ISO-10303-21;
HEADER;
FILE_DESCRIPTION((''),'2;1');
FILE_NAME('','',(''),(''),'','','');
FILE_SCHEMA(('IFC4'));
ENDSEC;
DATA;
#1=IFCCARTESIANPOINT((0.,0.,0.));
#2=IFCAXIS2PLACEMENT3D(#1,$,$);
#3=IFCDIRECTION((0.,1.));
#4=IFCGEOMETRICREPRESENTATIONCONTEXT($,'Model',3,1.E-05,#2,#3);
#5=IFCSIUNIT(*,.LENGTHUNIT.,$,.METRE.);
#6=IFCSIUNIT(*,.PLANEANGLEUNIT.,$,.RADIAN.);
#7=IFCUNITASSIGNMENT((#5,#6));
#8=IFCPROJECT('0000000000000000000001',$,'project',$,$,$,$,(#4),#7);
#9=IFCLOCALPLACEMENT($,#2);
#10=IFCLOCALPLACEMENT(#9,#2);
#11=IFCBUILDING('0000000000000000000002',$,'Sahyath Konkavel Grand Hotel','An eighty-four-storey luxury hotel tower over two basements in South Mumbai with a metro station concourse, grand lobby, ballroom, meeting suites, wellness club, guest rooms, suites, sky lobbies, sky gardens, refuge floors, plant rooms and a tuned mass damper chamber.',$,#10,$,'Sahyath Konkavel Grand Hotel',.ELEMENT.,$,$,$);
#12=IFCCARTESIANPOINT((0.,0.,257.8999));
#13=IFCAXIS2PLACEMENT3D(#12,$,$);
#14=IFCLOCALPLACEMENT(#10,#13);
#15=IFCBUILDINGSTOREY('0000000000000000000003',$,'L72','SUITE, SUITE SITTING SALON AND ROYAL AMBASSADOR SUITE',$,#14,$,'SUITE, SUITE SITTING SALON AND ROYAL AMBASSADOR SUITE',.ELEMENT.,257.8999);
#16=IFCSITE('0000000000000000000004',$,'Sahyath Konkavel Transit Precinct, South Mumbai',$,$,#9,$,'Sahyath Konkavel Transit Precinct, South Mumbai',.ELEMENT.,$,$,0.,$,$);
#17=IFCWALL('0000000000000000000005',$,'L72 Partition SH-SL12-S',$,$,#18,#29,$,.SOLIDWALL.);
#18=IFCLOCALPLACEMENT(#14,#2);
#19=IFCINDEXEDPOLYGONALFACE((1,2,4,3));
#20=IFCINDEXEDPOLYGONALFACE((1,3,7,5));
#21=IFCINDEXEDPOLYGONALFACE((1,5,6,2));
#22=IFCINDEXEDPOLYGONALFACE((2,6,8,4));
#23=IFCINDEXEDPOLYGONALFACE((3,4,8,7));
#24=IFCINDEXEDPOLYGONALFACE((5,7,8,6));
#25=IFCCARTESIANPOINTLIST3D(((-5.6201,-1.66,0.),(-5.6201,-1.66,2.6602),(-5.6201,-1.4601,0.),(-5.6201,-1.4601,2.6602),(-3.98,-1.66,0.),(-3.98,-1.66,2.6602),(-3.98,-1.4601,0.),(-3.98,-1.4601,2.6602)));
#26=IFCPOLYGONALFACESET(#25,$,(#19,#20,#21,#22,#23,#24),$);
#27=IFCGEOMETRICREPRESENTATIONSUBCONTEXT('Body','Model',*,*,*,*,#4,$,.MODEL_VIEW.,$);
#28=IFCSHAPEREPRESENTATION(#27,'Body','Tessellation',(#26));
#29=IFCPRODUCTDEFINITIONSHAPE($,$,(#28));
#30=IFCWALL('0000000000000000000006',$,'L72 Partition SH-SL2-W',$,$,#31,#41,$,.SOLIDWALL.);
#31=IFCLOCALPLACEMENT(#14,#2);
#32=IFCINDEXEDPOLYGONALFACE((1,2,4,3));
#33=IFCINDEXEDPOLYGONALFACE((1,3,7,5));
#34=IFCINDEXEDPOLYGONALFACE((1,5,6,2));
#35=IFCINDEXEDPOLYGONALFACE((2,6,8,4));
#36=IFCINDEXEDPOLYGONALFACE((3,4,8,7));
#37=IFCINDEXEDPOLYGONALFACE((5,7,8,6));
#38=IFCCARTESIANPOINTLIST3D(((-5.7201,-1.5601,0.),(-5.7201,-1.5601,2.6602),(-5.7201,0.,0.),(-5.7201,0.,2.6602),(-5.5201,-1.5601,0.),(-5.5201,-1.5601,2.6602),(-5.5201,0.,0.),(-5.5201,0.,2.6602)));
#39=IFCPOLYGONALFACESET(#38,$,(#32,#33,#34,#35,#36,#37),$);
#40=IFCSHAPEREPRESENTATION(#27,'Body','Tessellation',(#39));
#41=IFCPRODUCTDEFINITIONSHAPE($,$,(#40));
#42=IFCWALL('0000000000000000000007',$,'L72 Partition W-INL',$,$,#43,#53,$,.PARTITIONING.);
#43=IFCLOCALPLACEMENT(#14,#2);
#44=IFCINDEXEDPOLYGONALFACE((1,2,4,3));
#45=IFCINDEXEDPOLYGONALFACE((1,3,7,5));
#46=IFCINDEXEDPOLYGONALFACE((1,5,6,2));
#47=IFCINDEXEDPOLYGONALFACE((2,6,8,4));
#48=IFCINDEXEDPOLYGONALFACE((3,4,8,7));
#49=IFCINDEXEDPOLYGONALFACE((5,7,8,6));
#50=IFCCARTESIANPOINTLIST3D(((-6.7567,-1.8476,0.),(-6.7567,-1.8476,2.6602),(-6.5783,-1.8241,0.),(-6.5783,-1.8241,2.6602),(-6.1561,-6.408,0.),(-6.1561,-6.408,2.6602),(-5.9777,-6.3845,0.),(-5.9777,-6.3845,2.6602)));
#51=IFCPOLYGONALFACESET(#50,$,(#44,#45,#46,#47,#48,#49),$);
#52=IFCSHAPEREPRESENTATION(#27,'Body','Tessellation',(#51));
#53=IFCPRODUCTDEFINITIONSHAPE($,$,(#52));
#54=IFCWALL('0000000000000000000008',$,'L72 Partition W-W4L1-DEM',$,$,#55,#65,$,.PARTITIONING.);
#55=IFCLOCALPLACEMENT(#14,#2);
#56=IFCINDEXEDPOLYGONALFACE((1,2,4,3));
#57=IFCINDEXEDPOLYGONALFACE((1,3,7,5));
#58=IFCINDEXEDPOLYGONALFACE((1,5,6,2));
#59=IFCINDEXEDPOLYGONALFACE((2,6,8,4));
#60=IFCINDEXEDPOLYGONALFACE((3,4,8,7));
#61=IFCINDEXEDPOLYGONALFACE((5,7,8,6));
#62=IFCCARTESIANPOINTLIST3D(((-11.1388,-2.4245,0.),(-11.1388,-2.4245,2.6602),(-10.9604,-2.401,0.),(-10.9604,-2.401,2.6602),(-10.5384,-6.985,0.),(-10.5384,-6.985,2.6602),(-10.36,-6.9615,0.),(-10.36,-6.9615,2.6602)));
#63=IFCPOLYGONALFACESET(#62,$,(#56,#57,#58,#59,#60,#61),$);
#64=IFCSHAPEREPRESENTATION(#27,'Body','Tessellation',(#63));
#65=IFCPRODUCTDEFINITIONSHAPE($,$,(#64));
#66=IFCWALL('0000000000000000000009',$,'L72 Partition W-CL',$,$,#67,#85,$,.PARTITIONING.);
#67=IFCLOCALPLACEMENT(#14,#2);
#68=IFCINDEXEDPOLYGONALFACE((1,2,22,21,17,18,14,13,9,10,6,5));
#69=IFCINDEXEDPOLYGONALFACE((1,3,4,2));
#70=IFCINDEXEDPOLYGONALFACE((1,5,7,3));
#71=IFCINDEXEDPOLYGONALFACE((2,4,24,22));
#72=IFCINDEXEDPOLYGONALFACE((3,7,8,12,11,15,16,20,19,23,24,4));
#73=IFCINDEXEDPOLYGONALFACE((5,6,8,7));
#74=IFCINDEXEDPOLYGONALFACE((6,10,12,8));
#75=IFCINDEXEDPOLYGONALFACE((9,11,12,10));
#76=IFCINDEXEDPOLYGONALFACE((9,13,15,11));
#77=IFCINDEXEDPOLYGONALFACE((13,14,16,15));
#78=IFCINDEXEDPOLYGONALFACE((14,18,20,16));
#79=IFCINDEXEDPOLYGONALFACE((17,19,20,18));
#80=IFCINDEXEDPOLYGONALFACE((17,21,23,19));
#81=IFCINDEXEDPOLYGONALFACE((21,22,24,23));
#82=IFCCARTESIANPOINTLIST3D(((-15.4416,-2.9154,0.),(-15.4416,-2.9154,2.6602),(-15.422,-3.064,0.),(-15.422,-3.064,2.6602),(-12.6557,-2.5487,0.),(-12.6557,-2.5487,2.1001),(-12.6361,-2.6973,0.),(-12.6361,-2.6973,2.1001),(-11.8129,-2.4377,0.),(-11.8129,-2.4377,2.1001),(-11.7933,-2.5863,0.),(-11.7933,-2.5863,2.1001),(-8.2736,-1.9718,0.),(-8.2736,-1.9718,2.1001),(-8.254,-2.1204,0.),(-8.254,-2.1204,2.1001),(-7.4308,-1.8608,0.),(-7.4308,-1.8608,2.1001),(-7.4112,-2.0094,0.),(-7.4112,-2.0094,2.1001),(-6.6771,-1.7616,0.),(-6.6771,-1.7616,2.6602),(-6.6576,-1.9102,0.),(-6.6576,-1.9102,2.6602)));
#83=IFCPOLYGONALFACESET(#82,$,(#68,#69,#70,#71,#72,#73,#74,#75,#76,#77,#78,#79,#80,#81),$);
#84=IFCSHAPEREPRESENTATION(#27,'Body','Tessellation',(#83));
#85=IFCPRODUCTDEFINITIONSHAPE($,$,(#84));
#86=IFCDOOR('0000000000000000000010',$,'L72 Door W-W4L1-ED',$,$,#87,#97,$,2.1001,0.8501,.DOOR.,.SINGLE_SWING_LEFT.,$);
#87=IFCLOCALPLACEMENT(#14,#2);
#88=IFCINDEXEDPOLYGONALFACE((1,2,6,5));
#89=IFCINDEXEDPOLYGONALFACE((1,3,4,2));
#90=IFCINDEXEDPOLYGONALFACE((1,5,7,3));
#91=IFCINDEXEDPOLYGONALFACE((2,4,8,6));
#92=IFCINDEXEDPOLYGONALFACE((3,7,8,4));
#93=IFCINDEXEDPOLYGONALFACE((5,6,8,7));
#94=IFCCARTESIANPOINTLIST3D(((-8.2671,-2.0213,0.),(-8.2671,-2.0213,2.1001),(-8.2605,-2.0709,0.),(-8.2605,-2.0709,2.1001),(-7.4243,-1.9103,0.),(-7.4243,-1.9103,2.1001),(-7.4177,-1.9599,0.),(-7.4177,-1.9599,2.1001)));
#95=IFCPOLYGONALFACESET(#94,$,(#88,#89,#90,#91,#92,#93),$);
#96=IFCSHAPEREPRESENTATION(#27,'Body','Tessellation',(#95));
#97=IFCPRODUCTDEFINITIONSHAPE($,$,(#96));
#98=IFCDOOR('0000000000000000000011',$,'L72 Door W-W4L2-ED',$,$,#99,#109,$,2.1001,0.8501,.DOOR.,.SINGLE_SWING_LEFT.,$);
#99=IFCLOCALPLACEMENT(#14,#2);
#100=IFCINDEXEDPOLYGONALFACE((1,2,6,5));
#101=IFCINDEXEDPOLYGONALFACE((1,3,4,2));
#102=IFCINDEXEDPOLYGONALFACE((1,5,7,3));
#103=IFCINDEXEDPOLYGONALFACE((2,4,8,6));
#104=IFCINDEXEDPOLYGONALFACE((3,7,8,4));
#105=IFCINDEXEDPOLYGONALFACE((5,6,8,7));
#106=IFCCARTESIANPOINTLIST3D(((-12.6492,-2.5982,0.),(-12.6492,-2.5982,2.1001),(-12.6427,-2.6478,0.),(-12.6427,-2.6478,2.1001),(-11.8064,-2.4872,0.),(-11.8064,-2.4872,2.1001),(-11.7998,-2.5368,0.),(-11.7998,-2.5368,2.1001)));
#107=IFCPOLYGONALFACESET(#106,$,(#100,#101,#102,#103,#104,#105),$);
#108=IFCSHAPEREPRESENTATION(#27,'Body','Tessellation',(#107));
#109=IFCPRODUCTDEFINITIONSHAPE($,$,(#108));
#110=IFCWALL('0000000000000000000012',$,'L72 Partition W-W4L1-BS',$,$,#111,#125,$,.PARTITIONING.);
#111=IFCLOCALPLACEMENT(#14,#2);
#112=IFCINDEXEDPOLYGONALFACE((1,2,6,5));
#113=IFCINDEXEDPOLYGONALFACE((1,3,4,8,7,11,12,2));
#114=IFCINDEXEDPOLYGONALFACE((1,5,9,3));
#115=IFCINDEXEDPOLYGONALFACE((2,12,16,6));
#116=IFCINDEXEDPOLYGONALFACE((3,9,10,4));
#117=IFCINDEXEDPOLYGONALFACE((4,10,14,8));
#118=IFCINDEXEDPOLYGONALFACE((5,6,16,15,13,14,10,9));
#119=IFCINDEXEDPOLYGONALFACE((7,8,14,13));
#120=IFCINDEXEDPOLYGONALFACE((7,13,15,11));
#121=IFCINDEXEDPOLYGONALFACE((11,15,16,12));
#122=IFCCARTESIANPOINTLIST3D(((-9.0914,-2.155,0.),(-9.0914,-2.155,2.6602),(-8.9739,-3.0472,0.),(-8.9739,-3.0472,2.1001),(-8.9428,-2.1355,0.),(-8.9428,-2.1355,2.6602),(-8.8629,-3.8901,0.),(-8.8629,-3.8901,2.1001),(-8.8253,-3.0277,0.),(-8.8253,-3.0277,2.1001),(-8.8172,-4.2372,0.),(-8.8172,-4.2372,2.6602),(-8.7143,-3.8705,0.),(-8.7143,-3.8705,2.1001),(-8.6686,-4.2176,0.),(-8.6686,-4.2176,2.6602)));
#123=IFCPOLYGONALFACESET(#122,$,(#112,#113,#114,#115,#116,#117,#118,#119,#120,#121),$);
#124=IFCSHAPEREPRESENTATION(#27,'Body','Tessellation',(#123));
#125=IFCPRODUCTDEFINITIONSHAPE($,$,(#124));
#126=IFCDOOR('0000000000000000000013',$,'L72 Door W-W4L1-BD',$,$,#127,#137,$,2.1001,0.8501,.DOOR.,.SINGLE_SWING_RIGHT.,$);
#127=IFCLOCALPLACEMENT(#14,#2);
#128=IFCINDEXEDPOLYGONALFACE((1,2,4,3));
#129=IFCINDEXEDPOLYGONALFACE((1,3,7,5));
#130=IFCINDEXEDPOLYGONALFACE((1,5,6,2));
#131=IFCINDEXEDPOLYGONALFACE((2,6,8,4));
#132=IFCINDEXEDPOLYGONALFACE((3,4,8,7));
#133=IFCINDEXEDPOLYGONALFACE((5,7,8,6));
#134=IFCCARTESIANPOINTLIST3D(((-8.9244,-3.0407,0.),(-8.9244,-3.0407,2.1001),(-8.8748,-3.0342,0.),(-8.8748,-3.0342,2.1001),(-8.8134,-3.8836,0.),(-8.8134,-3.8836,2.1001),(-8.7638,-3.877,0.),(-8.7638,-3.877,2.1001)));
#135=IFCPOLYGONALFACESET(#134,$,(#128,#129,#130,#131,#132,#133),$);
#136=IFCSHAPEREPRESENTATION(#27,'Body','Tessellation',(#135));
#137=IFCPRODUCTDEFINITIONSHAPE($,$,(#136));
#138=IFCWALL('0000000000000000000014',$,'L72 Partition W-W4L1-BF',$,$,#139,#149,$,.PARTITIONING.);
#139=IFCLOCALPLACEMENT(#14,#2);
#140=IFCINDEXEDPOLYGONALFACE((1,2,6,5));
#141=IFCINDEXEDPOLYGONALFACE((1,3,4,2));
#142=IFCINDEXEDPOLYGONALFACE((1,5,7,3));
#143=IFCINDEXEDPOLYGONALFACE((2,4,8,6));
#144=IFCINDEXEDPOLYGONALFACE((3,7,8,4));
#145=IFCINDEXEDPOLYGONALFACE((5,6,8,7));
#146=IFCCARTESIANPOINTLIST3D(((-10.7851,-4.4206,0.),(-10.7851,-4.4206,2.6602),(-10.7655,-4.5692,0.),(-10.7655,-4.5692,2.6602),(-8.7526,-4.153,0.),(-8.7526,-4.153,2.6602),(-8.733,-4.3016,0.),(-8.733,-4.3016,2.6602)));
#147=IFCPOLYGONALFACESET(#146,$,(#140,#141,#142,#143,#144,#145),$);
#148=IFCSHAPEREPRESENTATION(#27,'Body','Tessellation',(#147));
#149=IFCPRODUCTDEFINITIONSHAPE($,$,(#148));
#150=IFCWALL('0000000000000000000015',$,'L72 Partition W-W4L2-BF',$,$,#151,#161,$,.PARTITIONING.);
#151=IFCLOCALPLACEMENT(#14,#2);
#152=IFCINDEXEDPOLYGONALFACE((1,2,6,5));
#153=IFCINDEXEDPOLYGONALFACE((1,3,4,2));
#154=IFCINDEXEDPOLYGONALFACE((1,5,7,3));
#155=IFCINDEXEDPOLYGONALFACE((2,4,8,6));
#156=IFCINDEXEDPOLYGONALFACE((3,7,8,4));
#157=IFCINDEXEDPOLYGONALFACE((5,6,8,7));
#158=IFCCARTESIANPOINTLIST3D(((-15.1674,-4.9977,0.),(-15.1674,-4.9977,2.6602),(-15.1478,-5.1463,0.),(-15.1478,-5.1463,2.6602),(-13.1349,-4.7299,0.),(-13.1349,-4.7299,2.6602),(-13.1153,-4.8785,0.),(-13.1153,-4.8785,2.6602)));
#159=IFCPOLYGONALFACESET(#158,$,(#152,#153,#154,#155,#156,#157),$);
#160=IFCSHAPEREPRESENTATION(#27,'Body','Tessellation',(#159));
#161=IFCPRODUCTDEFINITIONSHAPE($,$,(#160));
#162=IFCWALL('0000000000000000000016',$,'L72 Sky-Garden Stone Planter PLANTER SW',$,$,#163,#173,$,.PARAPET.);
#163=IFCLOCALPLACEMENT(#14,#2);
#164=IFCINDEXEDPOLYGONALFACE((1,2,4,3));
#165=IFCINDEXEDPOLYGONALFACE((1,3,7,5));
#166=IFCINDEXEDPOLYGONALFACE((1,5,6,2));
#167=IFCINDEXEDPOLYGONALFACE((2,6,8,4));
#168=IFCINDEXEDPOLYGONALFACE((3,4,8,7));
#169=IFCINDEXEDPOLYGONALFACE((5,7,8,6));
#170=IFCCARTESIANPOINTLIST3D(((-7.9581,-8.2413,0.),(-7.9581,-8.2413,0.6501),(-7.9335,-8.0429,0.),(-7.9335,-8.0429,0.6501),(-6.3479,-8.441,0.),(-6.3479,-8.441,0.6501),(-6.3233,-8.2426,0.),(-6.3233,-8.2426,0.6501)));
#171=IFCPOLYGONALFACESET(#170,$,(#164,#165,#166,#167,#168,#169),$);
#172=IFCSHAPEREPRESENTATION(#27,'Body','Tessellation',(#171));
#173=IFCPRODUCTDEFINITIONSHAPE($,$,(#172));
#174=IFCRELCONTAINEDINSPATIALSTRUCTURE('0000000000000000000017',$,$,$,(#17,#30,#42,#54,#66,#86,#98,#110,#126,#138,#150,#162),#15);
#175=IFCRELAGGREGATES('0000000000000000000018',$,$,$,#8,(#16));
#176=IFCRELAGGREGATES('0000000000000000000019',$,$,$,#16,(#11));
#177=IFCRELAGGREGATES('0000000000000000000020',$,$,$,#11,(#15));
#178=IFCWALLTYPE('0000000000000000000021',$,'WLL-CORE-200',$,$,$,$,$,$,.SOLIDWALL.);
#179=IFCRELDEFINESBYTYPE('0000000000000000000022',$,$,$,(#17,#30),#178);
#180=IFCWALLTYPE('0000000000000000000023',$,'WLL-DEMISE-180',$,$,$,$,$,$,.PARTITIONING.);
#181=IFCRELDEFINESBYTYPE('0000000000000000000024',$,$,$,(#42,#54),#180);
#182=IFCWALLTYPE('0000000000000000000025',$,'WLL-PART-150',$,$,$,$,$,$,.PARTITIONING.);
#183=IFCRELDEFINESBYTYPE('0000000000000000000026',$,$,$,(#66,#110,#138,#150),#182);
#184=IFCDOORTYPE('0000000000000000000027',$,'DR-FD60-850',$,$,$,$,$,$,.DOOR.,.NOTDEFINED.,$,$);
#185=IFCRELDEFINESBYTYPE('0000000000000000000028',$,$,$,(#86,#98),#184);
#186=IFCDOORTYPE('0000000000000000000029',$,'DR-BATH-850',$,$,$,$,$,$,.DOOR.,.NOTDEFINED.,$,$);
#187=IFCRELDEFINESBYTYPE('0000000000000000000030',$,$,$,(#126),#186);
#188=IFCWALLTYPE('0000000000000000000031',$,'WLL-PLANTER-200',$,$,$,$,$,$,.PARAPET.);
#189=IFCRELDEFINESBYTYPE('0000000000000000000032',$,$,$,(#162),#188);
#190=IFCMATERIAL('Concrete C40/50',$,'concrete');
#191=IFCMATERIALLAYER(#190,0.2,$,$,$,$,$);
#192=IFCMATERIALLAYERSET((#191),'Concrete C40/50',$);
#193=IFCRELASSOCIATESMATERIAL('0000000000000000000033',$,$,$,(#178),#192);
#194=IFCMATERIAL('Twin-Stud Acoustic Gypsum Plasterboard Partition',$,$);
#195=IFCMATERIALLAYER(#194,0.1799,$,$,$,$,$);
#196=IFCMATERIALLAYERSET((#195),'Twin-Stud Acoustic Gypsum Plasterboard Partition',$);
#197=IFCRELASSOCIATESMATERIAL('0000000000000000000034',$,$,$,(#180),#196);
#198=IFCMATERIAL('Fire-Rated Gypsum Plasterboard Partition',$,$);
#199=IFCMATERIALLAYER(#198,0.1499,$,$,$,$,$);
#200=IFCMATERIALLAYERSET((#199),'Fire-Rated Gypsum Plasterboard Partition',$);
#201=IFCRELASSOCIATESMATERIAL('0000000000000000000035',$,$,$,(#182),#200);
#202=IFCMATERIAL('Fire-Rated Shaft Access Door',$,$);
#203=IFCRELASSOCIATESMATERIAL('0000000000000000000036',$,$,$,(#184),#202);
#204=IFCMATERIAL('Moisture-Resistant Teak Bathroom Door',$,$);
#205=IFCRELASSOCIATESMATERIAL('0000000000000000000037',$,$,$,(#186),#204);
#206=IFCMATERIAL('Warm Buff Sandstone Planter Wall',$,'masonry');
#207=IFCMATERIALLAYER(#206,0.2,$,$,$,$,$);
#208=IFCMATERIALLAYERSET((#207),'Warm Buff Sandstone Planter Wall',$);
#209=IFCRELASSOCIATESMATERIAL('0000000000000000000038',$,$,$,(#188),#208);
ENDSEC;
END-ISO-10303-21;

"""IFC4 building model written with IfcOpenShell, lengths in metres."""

from ifc_helpers import new_model, si_unit, direction, frame, frame_2d, origin, origin_2d, place, context, subcontext, project, spatial, rectangle, extrude, source, transform, mapped, material, layer, layer_set, type_object, element, fill, save


model = new_model("IFC4")

# Units and contexts
model_context = context("Model", 3, precision=1e-05, world=origin(), true_north=direction((0.0, 1.0)))
body_context = subcontext(model_context, "Body", "Model", "MODEL_VIEW")
ifc_project = project(units=[si_unit("LENGTHUNIT", "METRE"), si_unit("PLANEANGLEUNIT", "RADIAN")], contexts=[model_context])

# Site, building, storey
site_placement = place(None, origin())
site = spatial("IfcSite", under=ifc_project, at=site_placement, Name="Sahyath Konkavel Transit Precinct, South Mumbai", LongName="Sahyath Konkavel Transit Precinct, South Mumbai", CompositionType="ELEMENT", RefElevation=0.0)
building_placement = place(site_placement, origin())
building = spatial("IfcBuilding", under=site, at=building_placement, Name="Sahyath Konkavel Grand Hotel", Description="An eighty-four-storey luxury hotel tower over two basements in South Mumbai with a metro station concourse, grand lobby, ballroom, meeting suites, wellness club, guest rooms, suites, sky lobbies, sky gardens, refuge floors, plant rooms and a tuned mass damper chamber.", LongName="Sahyath Konkavel Grand Hotel", CompositionType="ELEMENT")
storey_placement = place(building_placement, frame((0.0, 0.0, 257.8999)))
storey = spatial("IfcBuildingStorey", under=building, at=storey_placement, Name="L72", Description="SUITE, SUITE SITTING SALON AND ROYAL AMBASSADOR SUITE", LongName="SUITE, SUITE SITTING SALON AND ROYAL AMBASSADOR SUITE", CompositionType="ELEMENT", Elevation=257.8999)

# Shared definitions
ifc_material_1 = material(Name="Concrete C40/50", Category="concrete")

# Walls
ifc_layer_1 = layer(ifc_material_1, 0.2)
ifc_layer_set_1 = layer_set([ifc_layer_1], Name="Concrete C40/50")
wall_type_1 = type_object("IfcWallType", Name="WLL-CORE-200", PredefinedType="SOLIDWALL", material=ifc_layer_set_1)
wall_1_placement = place(storey_placement, frame((-5.6201, -1.5601, 0.0), z_axis=(0.0, 0.0, 1.0), x_axis=(1.0, 0.0, 0.0)))
element("IfcWall", 1, at=wall_1_placement, inside=storey, type_object=wall_type_1, Name="L72 Partition SH-SL12-S", PredefinedType="SOLIDWALL", context=body_context, shape_type="SweptSolid", body=[
    extrude(rectangle(XDim=1.6401, YDim=0.2, at=frame_2d((0.8201, 0.0))), origin(), (0.0, 0.0, 1.0), 2.6602),
])
wall_2_placement = place(storey_placement, frame((-5.6201, -1.5601, 0.0), z_axis=(0.0, 0.0, 1.0), x_axis=(0.0, 1.0, 0.0)))
element("IfcWall", 2, at=wall_2_placement, inside=storey, type_object=wall_type_1, Name="L72 Partition SH-SL2-W", PredefinedType="SOLIDWALL", context=body_context, shape_type="SweptSolid", body=[
    extrude(rectangle(XDim=1.5601, YDim=0.2, at=frame_2d((0.78, 0.0))), origin(), (0.0, 0.0, 1.0), 2.6602),
])
ifc_material_2 = material(Name="Twin-Stud Acoustic Gypsum Plasterboard Partition")
ifc_layer_2 = layer(ifc_material_2, 0.1799)
ifc_layer_set_2 = layer_set([ifc_layer_2], Name="Twin-Stud Acoustic Gypsum Plasterboard Partition")
wall_type_2 = type_object("IfcWallType", Name="WLL-DEMISE-180", PredefinedType="PARTITIONING", material=ifc_layer_set_2)
for number, where, z_axis, x_axis, name in (
    (3, (-6.6675, -1.8359, 0.0), (0.0, 0.0, 1.0), (0.130564, -0.99144, 0.0), "L72 Partition W-INL"),
    (4, (-11.0496, -2.4128, 0.0), (0.0, 0.0, 1.0), (0.130512, -0.991447, 0.0), "L72 Partition W-W4L1-DEM"),
):
    element("IfcWall", number, at=place(storey_placement, frame(where, z_axis=z_axis, x_axis=x_axis)), inside=storey, type_object=wall_type_2, Name=name, PredefinedType="PARTITIONING", context=body_context, shape_type="SweptSolid", body=[
        extrude(rectangle(XDim=4.5999, YDim=0.1799, at=frame_2d((2.2998, 0.0))), origin(), (0.0, 0.0, 1.0), 2.6602),
    ])

# Wall, openings, doors
ifc_material_3 = material(Name="Fire-Rated Gypsum Plasterboard Partition")
ifc_layer_3 = layer(ifc_material_3, 0.1499)
ifc_layer_set_3 = layer_set([ifc_layer_3], Name="Fire-Rated Gypsum Plasterboard Partition")
wall_type_3 = type_object("IfcWallType", Name="WLL-PART-150", PredefinedType="PARTITIONING", material=ifc_layer_set_3)
wall_3_placement = place(storey_placement, frame((-6.6675, -1.8359, 0.0), z_axis=(0.0, 0.0, 1.0), x_axis=(-0.991446, -0.130521, 0.0)))
wall_3 = element("IfcWall", 5, at=wall_3_placement, inside=storey, type_object=wall_type_3, Name="L72 Partition W-CL", PredefinedType="PARTITIONING", context=body_context, shape_type="SweptSolid", body=[
    extrude(rectangle(XDim=8.8401, YDim=0.1499, at=frame_2d((4.4199, 0.0))), origin(), (0.0, 0.0, 1.0), 2.6602),
])
opening_1_placement = place(wall_3_placement, frame((0.76, 0.0, 0.0)))
opening_1 = element("IfcOpeningElement", 6, at=opening_1_placement, cuts=wall_3, PredefinedType="OPENING", context=body_context, shape_type="SweptSolid", body=[
    extrude(rectangle(XDim=0.8501, YDim=2.1001, at=frame_2d((0.425, 1.05))), frame((0.0, 0.085, 0.0), z_axis=(0.0, -1.0, 0.0), x_axis=(1.0, 0.0, 0.0)), (0.0, 0.0, 1.0), 0.1699),
])
opening_2_placement = place(wall_3_placement, frame((5.1799, 0.0, 0.0)))
opening_2 = element("IfcOpeningElement", 7, at=opening_2_placement, cuts=wall_3, PredefinedType="OPENING", context=body_context, shape_type="SweptSolid", body=[
    extrude(rectangle(XDim=0.8501, YDim=2.1001, at=frame_2d((0.425, 1.05))), frame((0.0, 0.085, 0.0), z_axis=(0.0, -1.0, 0.0), x_axis=(1.0, 0.0, 0.0)), (0.0, 0.0, 1.0), 0.1699),
])
ifc_material_4 = material(Name="Fire-Rated Shaft Access Door")
door_type_1 = type_object("IfcDoorType", Name="DR-FD60-850", OperationType="NOTDEFINED", PredefinedType="DOOR", material=ifc_material_4)
shared_shape_1 = source(origin(), body_context, "Body", "SweptSolid", [
    extrude(rectangle(XDim=0.8501, YDim=0.05, at=origin_2d()), origin(), (0.0, 0.0, 1.0), 2.1001),
])
door_1_placement = place(opening_1_placement, frame((0.425, 0.0, 0.0)))
door_1 = element("IfcDoor", 8, at=door_1_placement, inside=storey, type_object=door_type_1, Name="L72 Door W-W4L1-ED", OperationType="SINGLE_SWING_LEFT", OverallHeight=2.1001, OverallWidth=0.8501, PredefinedType="DOOR", context=body_context, shape_type="MappedRepresentation", body=[
    mapped(shared_shape_1, transform((0.0, 0.0, 0.0), scale=1.0)),
])
fill(opening_1, door_1)
door_2_placement = place(opening_2_placement, frame((0.425, 0.0, 0.0)))
door_2 = element("IfcDoor", 9, at=door_2_placement, inside=storey, type_object=door_type_1, Name="L72 Door W-W4L2-ED", OperationType="SINGLE_SWING_LEFT", OverallHeight=2.1001, OverallWidth=0.8501, PredefinedType="DOOR", context=body_context, shape_type="MappedRepresentation", body=[
    mapped(shared_shape_1, transform((0.0, 0.0, 0.0), scale=1.0)),
])
fill(opening_2, door_2)

# Wall, opening, door
wall_4_placement = place(storey_placement, frame((-9.0171, -2.1453, 0.0), z_axis=(0.0, 0.0, 1.0), x_axis=(0.130557, -0.991441, 0.0)))
wall_4 = element("IfcWall", 10, at=wall_4_placement, inside=storey, type_object=wall_type_3, Name="L72 Partition W-W4L1-BS", PredefinedType="PARTITIONING", context=body_context, shape_type="SweptSolid", body=[
    extrude(rectangle(XDim=2.1001, YDim=0.1499, at=frame_2d((1.05, 0.0))), origin(), (0.0, 0.0, 1.0), 2.6602),
])
opening_3_placement = place(wall_4_placement, frame((0.8999, 0.0, 0.0)))
opening_3 = element("IfcOpeningElement", 11, at=opening_3_placement, cuts=wall_4, PredefinedType="OPENING", context=body_context, shape_type="SweptSolid", body=[
    extrude(rectangle(XDim=0.8501, YDim=2.1001, at=frame_2d((0.425, 1.05))), frame((0.0, 0.085, 0.0), z_axis=(0.0, -1.0, 0.0), x_axis=(1.0, 0.0, 0.0)), (0.0, 0.0, 1.0), 0.1699),
])
ifc_material_5 = material(Name="Moisture-Resistant Teak Bathroom Door")
door_type_2 = type_object("IfcDoorType", Name="DR-BATH-850", OperationType="NOTDEFINED", PredefinedType="DOOR", material=ifc_material_5)
door_3_placement = place(opening_3_placement, frame((0.425, 0.0, 0.0)))
door_3 = element("IfcDoor", 12, at=door_3_placement, inside=storey, type_object=door_type_2, Name="L72 Door W-W4L1-BD", OperationType="SINGLE_SWING_RIGHT", OverallHeight=2.1001, OverallWidth=0.8501, PredefinedType="DOOR", context=body_context, shape_type="MappedRepresentation", body=[
    mapped(shared_shape_1, transform((0.0, 0.0, 0.0), scale=1.0)),
])
fill(opening_3, door_3)

# Walls
for number, where, z_axis, x_axis, name in (
    (13, (-8.7429, -4.2273, 0.0), (0.0, 0.0, 1.0), (-0.991445, -0.130525, 0.0), "L72 Partition W-W4L1-BF"),
    (14, (-13.1252, -4.8042, 0.0), (0.0, 0.0, 1.0), (-0.99143, -0.130642, 0.0), "L72 Partition W-W4L2-BF"),
):
    element("IfcWall", number, at=place(storey_placement, frame(where, z_axis=z_axis, x_axis=x_axis)), inside=storey, type_object=wall_type_3, Name=name, PredefinedType="PARTITIONING", context=body_context, shape_type="SweptSolid", body=[
        extrude(rectangle(XDim=2.05, YDim=0.1499, at=frame_2d((1.0249, 0.0))), origin(), (0.0, 0.0, 1.0), 2.6602),
    ])
ifc_material_6 = material(Name="Warm Buff Sandstone Planter Wall", Category="masonry")
ifc_layer_4 = layer(ifc_material_6, 0.2)
ifc_layer_set_4 = layer_set([ifc_layer_4], Name="Warm Buff Sandstone Planter Wall")
wall_type_4 = type_object("IfcWallType", Name="WLL-PLANTER-200", PredefinedType="PARAPET", material=ifc_layer_set_4)
wall_5_placement = place(storey_placement, frame((-7.9458, -8.1421, 0.0), z_axis=(0.0, 0.0, 1.0), x_axis=(0.992395, -0.12309, 0.0)))
element("IfcWall", 15, at=wall_5_placement, inside=storey, type_object=wall_type_4, Name="L72 Sky-Garden Stone Planter PLANTER SW", PredefinedType="PARAPET", context=body_context, shape_type="SweptSolid", body=[
    extrude(rectangle(XDim=1.6226, YDim=0.2, at=frame_2d((0.8113, 0.0))), origin(), (0.0, 0.0, 1.0), 0.6501),
])

save(model, "model.ifc")
